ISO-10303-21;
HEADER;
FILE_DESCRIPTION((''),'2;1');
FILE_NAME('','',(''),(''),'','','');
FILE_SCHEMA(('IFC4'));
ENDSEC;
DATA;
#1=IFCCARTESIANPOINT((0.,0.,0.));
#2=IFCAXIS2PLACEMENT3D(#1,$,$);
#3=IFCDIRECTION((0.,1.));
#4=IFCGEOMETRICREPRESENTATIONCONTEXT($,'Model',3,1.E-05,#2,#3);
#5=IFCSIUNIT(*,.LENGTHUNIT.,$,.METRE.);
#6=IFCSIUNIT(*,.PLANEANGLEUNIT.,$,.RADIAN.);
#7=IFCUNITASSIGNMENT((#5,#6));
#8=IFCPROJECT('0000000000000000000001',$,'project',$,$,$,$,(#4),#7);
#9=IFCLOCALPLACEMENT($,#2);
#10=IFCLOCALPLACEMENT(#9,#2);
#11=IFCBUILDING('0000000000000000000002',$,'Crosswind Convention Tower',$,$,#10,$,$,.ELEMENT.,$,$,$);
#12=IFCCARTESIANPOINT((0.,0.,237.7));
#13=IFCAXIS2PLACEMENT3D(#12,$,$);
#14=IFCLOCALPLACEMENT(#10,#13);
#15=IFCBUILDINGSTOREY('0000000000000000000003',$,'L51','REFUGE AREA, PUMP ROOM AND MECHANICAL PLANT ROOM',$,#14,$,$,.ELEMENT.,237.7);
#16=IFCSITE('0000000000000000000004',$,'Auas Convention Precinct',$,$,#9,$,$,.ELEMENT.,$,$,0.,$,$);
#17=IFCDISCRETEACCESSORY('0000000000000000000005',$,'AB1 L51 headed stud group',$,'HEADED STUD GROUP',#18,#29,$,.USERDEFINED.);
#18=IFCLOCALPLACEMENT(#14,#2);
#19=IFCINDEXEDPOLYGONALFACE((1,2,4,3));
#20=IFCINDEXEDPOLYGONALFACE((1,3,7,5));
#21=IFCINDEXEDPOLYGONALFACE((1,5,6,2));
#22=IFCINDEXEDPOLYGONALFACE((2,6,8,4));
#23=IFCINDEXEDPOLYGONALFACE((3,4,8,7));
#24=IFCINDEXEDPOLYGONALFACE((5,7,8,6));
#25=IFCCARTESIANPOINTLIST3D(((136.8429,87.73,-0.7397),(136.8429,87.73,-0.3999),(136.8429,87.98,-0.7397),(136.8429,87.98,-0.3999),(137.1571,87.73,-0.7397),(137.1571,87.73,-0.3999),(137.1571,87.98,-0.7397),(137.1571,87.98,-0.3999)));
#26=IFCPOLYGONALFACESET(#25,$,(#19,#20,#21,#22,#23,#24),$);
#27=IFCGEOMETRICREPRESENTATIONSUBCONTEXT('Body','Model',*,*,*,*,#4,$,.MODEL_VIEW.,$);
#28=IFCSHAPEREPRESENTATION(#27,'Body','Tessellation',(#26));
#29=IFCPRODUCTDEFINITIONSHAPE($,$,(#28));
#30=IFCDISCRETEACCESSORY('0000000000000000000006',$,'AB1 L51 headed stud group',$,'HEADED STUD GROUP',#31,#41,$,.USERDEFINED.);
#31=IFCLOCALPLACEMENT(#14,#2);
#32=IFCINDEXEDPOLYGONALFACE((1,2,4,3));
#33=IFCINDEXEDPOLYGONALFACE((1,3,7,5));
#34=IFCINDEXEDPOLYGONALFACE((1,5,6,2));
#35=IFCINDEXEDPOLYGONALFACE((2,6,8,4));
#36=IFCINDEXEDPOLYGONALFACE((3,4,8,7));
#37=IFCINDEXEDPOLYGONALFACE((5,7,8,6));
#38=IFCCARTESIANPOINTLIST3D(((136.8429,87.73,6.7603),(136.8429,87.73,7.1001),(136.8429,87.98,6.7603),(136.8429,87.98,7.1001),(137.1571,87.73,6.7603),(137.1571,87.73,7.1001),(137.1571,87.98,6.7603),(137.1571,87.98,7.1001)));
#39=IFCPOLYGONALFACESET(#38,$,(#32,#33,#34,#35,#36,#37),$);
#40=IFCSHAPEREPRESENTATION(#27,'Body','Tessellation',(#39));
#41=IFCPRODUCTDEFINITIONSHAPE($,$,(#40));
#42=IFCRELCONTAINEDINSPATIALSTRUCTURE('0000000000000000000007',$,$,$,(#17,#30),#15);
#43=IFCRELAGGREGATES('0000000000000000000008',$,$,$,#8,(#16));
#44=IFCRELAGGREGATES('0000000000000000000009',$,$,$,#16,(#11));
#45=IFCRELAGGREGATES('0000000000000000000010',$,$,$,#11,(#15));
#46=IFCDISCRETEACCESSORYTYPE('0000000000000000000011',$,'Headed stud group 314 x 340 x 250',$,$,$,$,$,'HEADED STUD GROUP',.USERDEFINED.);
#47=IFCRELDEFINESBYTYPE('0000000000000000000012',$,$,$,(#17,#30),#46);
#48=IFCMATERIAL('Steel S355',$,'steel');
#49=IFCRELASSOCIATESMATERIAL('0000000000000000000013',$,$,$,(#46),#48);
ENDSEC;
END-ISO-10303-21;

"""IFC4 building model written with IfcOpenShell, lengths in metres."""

from ifc_helpers import new_model, si_unit, direction, frame, origin, origin_2d, place, context, subcontext, project, spatial, rectangle, extrude, material, type_object, element, save


model = new_model("IFC4")

# Units and contexts
model_context = context("Model", 3, precision=1e-05, world=origin(), true_north=direction((0.0, 1.0)))
body_context = subcontext(model_context, "Body", "Model", "MODEL_VIEW")
ifc_project = project(units=[si_unit("LENGTHUNIT", "METRE"), si_unit("PLANEANGLEUNIT", "RADIAN")], contexts=[model_context])

# Site, building, storey
site_placement = place(None, origin())
site = spatial("IfcSite", under=ifc_project, at=site_placement, Name="Auas Convention Precinct", CompositionType="ELEMENT", RefElevation=0.0)
building_placement = place(site_placement, origin())
building = spatial("IfcBuilding", under=site, at=building_placement, Name="Crosswind Convention Tower", CompositionType="ELEMENT")
storey_placement = place(building_placement, frame((0.0, 0.0, 237.7)))
storey = spatial("IfcBuildingStorey", under=building, at=storey_placement, Name="L51", Description="REFUGE AREA, PUMP ROOM AND MECHANICAL PLANT ROOM", CompositionType="ELEMENT", Elevation=237.7)

# Discrete accessories
ifc_material_1 = material(Name="Steel S355", Category="steel")
discrete_accessory_type_1 = type_object("IfcDiscreteAccessoryType", Name="Headed stud group 314 x 340 x 250", ElementType="HEADED STUD GROUP", PredefinedType="USERDEFINED", material=ifc_material_1)
for number, where, z_axis, x_axis, name in (
    (1, (137.0, 87.855, -0.7397), (0.0, 0.0, 1.0), (1.0, 0.0, 0.0), "AB1 L51 headed stud group"),
    (2, (137.0, 87.855, 6.7603), (0.0, 0.0, 1.0), (1.0, 0.0, 0.0), "AB1 L51 headed stud group"),
):
    element("IfcDiscreteAccessory", number, at=place(storey_placement, frame(where, z_axis=z_axis, x_axis=x_axis)), inside=storey, type_object=discrete_accessory_type_1, Name=name, ObjectType="HEADED STUD GROUP", PredefinedType="USERDEFINED", context=body_context, shape_type="SweptSolid", body=[
        extrude(rectangle(XDim=0.3142, YDim=0.25, at=origin_2d()), origin(), (0.0, 0.0, 1.0), 0.3398),
    ])

save(model, "model.ifc")
